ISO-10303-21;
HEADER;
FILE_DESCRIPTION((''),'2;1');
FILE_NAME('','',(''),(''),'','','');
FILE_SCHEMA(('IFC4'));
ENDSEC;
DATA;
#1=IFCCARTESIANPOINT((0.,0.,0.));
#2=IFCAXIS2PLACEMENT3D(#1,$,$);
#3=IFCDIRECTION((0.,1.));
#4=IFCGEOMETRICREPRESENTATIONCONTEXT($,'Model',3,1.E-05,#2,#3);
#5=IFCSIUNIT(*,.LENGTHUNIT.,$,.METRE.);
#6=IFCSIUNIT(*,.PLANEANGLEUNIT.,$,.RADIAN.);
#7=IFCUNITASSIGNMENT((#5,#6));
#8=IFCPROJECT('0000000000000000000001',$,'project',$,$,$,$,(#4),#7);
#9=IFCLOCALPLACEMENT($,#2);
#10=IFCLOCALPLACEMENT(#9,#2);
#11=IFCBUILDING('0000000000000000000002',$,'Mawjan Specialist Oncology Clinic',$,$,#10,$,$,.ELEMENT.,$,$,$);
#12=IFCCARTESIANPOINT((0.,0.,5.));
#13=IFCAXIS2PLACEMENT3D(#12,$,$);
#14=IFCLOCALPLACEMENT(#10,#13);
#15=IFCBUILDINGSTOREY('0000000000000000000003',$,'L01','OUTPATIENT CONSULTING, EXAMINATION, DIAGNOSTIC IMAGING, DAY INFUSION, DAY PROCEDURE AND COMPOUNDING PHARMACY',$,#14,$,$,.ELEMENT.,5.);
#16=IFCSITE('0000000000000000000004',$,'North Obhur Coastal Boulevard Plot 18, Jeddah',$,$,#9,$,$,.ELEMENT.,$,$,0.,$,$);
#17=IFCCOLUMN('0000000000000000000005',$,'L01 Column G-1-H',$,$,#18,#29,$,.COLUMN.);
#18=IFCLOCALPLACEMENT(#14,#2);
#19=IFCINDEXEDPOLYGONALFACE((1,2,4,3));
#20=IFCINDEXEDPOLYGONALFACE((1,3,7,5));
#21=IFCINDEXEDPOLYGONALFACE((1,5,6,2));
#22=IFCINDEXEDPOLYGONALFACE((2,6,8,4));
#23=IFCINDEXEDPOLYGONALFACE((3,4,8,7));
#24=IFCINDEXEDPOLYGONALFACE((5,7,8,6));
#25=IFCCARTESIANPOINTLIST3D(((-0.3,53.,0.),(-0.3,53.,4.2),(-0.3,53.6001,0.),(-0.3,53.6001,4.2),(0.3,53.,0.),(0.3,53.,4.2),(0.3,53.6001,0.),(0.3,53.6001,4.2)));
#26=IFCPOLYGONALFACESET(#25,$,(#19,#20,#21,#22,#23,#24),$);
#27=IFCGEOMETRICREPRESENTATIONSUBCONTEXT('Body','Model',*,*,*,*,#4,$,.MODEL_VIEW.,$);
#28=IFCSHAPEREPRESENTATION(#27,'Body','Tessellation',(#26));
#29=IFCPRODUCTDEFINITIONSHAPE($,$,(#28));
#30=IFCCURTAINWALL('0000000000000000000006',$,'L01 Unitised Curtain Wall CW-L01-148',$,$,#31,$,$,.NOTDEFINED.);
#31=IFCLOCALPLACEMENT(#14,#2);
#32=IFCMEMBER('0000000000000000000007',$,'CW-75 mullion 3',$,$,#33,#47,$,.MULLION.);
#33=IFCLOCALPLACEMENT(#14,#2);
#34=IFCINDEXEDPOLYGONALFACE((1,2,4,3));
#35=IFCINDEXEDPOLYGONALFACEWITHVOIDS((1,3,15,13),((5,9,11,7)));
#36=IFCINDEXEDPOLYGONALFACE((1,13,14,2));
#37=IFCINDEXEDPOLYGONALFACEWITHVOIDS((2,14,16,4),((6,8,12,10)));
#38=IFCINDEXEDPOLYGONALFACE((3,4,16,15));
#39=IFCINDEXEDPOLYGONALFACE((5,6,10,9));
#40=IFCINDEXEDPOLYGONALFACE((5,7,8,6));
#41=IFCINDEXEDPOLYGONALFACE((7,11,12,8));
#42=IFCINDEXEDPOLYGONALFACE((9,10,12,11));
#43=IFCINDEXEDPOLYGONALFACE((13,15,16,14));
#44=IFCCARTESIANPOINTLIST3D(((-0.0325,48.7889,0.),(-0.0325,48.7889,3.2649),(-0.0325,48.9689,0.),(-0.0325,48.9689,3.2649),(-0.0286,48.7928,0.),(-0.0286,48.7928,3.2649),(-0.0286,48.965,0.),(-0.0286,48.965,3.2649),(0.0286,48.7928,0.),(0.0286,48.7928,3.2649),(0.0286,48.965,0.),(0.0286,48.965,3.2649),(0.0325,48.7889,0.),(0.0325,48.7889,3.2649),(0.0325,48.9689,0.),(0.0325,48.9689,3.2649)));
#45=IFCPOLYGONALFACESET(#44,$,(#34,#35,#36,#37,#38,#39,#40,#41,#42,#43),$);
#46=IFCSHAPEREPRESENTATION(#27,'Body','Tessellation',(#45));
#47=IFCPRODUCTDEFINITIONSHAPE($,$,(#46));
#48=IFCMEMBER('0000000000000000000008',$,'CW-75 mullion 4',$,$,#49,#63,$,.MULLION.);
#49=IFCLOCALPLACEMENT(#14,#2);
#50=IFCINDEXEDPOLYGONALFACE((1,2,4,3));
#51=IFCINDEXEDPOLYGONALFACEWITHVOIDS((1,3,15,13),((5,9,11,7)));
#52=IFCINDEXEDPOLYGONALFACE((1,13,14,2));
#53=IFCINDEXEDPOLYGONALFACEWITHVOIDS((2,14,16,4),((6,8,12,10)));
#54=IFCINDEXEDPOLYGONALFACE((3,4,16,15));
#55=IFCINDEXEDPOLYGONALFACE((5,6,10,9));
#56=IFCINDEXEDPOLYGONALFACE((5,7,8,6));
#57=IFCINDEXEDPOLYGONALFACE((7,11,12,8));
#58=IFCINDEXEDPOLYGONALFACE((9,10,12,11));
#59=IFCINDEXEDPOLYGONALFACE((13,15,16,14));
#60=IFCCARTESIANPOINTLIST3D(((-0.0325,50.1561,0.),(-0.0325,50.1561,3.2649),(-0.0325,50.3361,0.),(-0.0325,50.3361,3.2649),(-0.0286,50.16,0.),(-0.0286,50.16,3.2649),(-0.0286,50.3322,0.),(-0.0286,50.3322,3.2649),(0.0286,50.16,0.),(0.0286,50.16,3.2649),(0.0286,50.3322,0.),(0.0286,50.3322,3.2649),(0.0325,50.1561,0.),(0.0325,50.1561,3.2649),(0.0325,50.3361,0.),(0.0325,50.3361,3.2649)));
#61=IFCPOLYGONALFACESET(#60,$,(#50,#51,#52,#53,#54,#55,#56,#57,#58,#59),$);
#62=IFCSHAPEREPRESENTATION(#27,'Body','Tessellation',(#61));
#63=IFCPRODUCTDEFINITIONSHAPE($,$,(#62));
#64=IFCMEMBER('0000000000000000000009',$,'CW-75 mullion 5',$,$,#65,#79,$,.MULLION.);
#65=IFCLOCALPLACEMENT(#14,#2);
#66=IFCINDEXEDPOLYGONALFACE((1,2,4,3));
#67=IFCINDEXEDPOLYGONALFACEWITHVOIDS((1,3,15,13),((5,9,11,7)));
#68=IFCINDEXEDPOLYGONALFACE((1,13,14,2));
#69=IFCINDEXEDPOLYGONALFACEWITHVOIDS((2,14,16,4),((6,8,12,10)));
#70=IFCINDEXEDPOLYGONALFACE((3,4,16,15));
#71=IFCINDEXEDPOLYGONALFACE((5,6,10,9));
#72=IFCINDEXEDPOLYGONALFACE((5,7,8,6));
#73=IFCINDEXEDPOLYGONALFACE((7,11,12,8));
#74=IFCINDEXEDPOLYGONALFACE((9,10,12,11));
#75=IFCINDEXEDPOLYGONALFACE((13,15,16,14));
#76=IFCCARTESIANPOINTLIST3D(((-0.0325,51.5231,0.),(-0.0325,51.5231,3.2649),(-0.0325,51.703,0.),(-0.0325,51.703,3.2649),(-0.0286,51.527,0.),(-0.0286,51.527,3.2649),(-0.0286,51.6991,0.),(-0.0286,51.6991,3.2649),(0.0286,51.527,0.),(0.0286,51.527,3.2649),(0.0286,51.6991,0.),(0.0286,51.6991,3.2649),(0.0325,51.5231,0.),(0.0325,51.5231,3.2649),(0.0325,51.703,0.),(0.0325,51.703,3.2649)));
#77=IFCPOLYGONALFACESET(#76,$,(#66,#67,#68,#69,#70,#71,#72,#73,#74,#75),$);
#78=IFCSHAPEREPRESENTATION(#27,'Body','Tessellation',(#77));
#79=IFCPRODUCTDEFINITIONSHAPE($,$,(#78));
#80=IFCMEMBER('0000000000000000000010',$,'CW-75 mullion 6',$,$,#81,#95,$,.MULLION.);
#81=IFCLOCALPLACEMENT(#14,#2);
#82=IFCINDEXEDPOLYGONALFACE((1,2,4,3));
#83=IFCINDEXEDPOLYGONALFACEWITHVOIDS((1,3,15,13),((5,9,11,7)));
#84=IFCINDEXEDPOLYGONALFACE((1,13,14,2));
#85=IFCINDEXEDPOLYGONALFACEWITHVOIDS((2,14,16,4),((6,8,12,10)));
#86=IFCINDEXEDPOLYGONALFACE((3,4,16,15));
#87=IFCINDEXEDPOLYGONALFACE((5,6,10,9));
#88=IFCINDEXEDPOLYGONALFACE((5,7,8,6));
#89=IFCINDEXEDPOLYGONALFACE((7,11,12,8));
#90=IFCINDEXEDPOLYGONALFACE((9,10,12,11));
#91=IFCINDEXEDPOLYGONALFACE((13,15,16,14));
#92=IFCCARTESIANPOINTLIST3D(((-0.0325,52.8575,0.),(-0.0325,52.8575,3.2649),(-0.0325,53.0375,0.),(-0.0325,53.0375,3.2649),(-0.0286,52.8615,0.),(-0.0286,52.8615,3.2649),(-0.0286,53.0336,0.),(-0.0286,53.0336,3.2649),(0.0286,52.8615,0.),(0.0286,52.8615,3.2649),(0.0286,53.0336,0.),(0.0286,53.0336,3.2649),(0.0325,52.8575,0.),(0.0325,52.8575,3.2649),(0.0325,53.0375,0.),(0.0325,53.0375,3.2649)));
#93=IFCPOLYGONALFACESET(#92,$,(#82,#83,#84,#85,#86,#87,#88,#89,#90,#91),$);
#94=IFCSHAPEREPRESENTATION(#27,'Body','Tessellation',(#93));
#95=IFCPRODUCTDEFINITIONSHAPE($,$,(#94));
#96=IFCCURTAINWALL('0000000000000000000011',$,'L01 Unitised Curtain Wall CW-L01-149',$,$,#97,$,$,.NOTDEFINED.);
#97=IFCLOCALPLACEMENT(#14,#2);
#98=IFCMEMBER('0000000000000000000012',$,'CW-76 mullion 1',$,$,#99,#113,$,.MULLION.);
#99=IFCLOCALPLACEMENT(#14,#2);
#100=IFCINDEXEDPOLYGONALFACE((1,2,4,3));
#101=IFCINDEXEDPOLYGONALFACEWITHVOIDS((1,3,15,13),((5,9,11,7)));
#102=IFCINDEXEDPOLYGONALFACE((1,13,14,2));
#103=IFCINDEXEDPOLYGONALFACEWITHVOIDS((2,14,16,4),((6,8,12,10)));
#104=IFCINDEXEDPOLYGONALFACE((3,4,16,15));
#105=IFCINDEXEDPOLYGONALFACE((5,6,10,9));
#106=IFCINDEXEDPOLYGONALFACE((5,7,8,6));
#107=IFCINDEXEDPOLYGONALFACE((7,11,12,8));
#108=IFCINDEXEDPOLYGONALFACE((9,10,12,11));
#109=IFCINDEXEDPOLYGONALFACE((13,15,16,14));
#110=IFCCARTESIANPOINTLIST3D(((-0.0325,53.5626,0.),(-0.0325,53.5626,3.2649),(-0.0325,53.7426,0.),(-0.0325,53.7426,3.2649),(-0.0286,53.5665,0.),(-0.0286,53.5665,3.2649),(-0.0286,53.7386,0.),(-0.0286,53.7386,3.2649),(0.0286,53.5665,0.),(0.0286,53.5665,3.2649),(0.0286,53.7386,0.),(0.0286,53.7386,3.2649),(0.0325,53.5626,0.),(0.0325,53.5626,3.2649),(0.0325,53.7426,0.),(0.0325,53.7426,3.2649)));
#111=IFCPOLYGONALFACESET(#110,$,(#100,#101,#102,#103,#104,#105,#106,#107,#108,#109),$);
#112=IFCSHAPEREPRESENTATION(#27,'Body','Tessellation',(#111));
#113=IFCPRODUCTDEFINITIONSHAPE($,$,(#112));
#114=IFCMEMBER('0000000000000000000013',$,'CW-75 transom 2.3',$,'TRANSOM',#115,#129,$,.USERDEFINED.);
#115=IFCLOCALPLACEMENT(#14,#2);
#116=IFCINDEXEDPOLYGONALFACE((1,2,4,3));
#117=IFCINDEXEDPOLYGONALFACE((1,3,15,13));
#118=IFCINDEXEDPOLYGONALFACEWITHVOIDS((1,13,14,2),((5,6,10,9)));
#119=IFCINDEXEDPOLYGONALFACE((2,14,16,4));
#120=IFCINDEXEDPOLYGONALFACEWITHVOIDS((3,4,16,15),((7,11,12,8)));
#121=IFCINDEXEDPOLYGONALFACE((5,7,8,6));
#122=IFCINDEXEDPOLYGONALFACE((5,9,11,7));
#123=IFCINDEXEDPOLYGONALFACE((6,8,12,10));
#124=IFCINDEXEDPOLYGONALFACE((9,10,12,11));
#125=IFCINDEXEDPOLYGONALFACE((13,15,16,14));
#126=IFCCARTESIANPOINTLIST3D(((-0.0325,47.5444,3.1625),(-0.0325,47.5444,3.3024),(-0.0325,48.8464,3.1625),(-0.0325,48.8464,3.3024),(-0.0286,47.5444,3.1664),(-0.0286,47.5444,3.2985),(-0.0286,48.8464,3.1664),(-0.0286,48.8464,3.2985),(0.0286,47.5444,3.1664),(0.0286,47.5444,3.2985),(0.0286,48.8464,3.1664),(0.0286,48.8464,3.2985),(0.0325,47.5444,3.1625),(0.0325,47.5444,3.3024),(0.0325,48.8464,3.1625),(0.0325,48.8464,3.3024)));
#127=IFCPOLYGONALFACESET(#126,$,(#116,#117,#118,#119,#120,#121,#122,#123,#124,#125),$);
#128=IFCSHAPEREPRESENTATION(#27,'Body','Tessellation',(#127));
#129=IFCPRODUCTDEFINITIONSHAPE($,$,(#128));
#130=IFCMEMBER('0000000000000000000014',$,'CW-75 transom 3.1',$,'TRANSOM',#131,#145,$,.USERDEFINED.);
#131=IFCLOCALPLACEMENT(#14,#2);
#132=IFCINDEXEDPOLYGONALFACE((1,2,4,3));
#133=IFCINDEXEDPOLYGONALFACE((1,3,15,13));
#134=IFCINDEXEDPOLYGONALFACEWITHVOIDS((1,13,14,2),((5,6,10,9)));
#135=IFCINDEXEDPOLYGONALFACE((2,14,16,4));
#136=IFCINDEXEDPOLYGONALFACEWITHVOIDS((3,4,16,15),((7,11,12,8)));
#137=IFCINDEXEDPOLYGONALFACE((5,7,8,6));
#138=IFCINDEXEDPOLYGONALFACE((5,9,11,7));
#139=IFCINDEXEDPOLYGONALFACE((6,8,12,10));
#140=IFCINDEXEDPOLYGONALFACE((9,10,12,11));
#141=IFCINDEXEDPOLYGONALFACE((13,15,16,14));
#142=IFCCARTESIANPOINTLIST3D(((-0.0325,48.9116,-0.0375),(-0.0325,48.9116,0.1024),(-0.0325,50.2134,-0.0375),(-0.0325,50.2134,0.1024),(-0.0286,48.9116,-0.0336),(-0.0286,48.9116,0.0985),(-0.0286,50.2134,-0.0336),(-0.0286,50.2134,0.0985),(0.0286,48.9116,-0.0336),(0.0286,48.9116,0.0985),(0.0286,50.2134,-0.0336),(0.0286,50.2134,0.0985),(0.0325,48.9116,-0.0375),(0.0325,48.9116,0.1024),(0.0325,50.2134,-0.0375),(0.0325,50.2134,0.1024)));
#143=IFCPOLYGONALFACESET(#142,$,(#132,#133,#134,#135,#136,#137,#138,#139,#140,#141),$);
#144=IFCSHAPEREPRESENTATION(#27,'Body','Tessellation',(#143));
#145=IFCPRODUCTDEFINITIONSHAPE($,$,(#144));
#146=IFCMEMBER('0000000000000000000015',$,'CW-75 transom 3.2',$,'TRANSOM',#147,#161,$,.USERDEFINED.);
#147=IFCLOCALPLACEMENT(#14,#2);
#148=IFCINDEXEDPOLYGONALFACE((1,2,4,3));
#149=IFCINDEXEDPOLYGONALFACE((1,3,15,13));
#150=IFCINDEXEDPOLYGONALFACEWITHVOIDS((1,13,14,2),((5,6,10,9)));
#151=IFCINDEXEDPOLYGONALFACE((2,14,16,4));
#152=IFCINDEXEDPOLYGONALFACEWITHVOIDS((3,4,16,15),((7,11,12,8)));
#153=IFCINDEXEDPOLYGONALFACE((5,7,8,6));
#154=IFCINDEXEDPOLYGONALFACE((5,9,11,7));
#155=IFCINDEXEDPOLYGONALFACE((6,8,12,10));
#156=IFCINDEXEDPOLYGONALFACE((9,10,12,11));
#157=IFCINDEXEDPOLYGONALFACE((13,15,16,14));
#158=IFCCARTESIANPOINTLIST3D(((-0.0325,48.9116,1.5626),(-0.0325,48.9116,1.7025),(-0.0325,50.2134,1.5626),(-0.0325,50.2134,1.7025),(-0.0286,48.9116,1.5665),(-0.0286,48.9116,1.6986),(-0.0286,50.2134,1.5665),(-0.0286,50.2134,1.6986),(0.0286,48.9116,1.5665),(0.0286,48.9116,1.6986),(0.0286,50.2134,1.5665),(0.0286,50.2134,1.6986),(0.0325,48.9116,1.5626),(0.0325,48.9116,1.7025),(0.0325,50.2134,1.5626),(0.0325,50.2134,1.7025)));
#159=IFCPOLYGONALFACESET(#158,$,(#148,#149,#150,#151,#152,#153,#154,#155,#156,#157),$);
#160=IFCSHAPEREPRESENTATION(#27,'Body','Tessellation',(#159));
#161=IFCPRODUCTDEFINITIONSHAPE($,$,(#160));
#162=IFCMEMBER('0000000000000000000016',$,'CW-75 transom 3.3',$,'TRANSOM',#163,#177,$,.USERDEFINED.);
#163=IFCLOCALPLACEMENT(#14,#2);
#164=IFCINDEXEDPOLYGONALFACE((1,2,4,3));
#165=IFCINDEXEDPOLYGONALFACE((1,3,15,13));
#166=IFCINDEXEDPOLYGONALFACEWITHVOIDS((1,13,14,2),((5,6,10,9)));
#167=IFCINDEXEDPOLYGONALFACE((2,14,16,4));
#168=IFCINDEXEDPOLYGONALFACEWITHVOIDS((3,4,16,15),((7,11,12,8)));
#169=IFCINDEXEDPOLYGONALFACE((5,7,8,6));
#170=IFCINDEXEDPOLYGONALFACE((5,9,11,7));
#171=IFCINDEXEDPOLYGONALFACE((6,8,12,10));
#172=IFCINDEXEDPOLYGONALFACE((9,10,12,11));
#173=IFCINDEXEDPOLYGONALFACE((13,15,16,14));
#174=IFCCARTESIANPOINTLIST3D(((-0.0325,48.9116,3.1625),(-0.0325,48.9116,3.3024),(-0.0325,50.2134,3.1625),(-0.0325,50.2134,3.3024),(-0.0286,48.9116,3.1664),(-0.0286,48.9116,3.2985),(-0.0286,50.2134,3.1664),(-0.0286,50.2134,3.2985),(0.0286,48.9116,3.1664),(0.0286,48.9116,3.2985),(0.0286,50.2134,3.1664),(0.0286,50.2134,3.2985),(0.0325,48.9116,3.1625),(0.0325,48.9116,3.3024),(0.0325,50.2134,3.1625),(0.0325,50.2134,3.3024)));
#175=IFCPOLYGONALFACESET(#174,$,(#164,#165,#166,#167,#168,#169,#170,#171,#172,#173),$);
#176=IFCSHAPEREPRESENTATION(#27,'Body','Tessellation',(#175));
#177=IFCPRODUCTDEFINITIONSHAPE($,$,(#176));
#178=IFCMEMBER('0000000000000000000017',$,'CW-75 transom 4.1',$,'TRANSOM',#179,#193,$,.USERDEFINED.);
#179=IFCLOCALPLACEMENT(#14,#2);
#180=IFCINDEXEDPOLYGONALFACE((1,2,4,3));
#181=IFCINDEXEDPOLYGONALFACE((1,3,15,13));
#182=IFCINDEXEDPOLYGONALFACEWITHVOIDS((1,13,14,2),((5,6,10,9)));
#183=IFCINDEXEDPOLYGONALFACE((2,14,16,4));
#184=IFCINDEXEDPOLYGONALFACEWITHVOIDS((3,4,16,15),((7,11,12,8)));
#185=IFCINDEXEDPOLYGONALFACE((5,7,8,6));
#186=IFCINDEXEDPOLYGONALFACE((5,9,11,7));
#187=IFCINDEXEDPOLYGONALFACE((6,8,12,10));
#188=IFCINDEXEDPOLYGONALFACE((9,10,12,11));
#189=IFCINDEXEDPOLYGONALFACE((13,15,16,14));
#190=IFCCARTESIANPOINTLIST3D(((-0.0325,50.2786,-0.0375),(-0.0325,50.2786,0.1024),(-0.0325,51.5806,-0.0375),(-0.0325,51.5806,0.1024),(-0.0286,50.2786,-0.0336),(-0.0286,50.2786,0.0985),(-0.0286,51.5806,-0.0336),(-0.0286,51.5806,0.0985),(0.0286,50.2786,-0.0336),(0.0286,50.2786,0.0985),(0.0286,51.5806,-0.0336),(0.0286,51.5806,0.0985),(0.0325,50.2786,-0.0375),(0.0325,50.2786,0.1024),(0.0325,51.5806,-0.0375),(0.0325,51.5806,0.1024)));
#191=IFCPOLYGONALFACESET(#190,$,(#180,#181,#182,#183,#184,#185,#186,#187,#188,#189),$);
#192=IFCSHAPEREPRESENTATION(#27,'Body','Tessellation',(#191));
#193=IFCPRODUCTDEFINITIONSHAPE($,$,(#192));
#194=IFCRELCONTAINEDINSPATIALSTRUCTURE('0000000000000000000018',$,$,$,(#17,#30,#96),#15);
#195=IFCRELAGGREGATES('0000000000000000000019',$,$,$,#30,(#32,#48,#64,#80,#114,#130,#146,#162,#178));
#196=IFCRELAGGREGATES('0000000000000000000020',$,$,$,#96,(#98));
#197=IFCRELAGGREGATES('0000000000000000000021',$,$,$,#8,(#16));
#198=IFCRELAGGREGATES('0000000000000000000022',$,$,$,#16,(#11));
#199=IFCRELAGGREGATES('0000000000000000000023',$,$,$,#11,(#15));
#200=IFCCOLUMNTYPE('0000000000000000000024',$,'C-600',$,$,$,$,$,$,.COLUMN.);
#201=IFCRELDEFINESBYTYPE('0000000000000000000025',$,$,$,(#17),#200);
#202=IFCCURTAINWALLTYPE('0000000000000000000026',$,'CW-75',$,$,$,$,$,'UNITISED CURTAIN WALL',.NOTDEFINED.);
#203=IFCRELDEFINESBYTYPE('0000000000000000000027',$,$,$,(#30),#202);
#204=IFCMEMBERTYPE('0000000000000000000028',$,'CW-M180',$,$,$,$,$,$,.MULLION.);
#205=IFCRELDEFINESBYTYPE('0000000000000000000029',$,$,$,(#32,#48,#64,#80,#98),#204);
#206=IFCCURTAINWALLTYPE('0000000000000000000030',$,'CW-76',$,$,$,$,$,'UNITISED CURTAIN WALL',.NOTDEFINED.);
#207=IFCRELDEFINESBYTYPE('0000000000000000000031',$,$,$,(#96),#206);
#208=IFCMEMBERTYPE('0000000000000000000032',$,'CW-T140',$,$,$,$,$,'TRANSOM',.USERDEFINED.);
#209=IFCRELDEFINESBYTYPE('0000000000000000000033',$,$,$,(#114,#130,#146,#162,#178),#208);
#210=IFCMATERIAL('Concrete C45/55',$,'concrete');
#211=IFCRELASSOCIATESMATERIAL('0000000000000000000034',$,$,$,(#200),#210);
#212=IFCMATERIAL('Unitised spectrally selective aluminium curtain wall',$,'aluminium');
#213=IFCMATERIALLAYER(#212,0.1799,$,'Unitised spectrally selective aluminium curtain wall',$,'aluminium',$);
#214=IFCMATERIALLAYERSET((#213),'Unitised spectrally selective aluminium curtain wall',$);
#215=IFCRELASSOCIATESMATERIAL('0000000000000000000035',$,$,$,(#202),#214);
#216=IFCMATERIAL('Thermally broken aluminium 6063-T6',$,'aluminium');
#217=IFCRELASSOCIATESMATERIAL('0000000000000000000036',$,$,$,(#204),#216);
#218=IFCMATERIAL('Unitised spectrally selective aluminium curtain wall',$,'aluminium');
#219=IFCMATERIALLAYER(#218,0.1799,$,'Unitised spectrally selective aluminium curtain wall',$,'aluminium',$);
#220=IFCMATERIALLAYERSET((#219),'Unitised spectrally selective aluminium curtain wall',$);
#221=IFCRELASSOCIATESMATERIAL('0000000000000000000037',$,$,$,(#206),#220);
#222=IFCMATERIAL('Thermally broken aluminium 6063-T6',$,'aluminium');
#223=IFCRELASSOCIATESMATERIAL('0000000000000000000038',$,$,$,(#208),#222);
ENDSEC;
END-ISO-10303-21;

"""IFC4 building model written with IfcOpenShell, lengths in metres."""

from ifc_helpers import new_model, si_unit, direction, frame, origin, origin_2d, place, context, subcontext, project, spatial, rectangle, hollow_rectangle, extrude, material, layer, layer_set, material_profile, profile_set, type_object, element, aggregate, save


model = new_model("IFC4")

# Units and contexts
model_context = context("Model", 3, precision=1e-05, world=origin(), true_north=direction((0.0, 1.0)))
body_context = subcontext(model_context, "Body", "Model", "MODEL_VIEW")
ifc_project = project(units=[si_unit("LENGTHUNIT", "METRE"), si_unit("PLANEANGLEUNIT", "RADIAN")], contexts=[model_context])

# Site, building, storey
site_placement = place(None, origin())
site = spatial("IfcSite", under=ifc_project, at=site_placement, Name="North Obhur Coastal Boulevard Plot 18, Jeddah", CompositionType="ELEMENT", RefElevation=0.0)
building_placement = place(site_placement, origin())
building = spatial("IfcBuilding", under=site, at=building_placement, Name="Mawjan Specialist Oncology Clinic", CompositionType="ELEMENT")
storey_placement = place(building_placement, frame((0.0, 0.0, 5.0)))
storey = spatial("IfcBuildingStorey", under=building, at=storey_placement, Name="L01", Description="OUTPATIENT CONSULTING, EXAMINATION, DIAGNOSTIC IMAGING, DAY INFUSION, DAY PROCEDURE AND COMPOUNDING PHARMACY", CompositionType="ELEMENT", Elevation=5.0)

# Column
ifc_material_1 = material(Name="Concrete C45/55", Category="concrete")
ifc_material_profile_1 = material_profile(ifc_material_1, rectangle(XDim=0.6001, YDim=0.6001, at=origin_2d()), Name="RC COL 600x600", Category="concrete")
ifc_profile_set_1 = profile_set([ifc_material_profile_1], Name="Concrete C45/55")
column_type = type_object("IfcColumnType", Name="C-600", PredefinedType="COLUMN", material=ifc_profile_set_1)
column_placement = place(storey_placement, frame((0.0, 53.3, 0.0), z_axis=(0.0, 0.0, 1.0), x_axis=(1.0, 0.0, 0.0)))
element("IfcColumn", 1, at=column_placement, inside=storey, type_object=column_type, Name="L01 Column G-1-H", PredefinedType="COLUMN", context=body_context, shape_type="SweptSolid", body=[
    extrude(rectangle(XDim=0.6001, YDim=0.6001, at=origin_2d()), origin(), (0.0, 0.0, 1.0), 4.2),
])

# Curtain wall, members
ifc_material_2 = material(Name="Unitised spectrally selective aluminium curtain wall", Category="aluminium")
ifc_layer_1 = layer(ifc_material_2, 0.1799, Name="Unitised spectrally selective aluminium curtain wall", Category="aluminium")
ifc_layer_set_1 = layer_set([ifc_layer_1], Name="Unitised spectrally selective aluminium curtain wall")
curtain_wall_type_1 = type_object("IfcCurtainWallType", Name="CW-75", ElementType="UNITISED CURTAIN WALL", PredefinedType="NOTDEFINED", material=ifc_layer_set_1)
curtain_wall_1_placement = place(storey_placement, origin())
curtain_wall_1 = element("IfcCurtainWall", 2, at=curtain_wall_1_placement, inside=storey, type_object=curtain_wall_type_1, Name="L01 Unitised Curtain Wall CW-L01-148", PredefinedType="NOTDEFINED")
ifc_material_3 = material(Name="Thermally broken aluminium 6063-T6", Category="aluminium")
ifc_material_profile_2 = material_profile(ifc_material_3, hollow_rectangle(XDim=0.0649, YDim=0.1799, WallThickness=0.0039, at=origin_2d()), Name="ALU MULLION 180x65x4", Category="aluminium")
ifc_profile_set_2 = profile_set([ifc_material_profile_2], Name="Thermally broken aluminium 6063-T6")
member_type_1 = type_object("IfcMemberType", Name="CW-M180", PredefinedType="MULLION", material=ifc_profile_set_2)
member_1_placement = place(storey_placement, frame((0.0, 48.8789, 0.0), z_axis=(0.0, 0.0, 1.0), x_axis=(-1.0, 0.0, 0.0)))
member_1 = element("IfcMember", 3, at=member_1_placement, type_object=member_type_1, Name="CW-75 mullion 3", PredefinedType="MULLION", context=body_context, shape_type="SweptSolid", body=[
    extrude(hollow_rectangle(XDim=0.0649, YDim=0.1799, WallThickness=0.0039, at=origin_2d()), origin(), (0.0, 0.0, 1.0), 3.2649),
])
member_2_placement = place(storey_placement, frame((0.0, 50.2461, 0.0), z_axis=(0.0, 0.0, 1.0), x_axis=(-1.0, 0.0, 0.0)))
member_2 = element("IfcMember", 4, at=member_2_placement, type_object=member_type_1, Name="CW-75 mullion 4", PredefinedType="MULLION", context=body_context, shape_type="SweptSolid", body=[
    extrude(hollow_rectangle(XDim=0.0649, YDim=0.1799, WallThickness=0.0039, at=origin_2d()), origin(), (0.0, 0.0, 1.0), 3.2649),
])
member_3_placement = place(storey_placement, frame((0.0, 51.613, 0.0), z_axis=(0.0, 0.0, 1.0), x_axis=(-1.0, 0.0, 0.0)))
member_3 = element("IfcMember", 5, at=member_3_placement, type_object=member_type_1, Name="CW-75 mullion 5", PredefinedType="MULLION", context=body_context, shape_type="SweptSolid", body=[
    extrude(hollow_rectangle(XDim=0.0649, YDim=0.1799, WallThickness=0.0039, at=origin_2d()), origin(), (0.0, 0.0, 1.0), 3.2649),
])
member_4_placement = place(storey_placement, frame((0.0, 52.9475, 0.0), z_axis=(0.0, 0.0, 1.0), x_axis=(-1.0, 0.0, 0.0)))
member_4 = element("IfcMember", 6, at=member_4_placement, type_object=member_type_1, Name="CW-75 mullion 6", PredefinedType="MULLION", context=body_context, shape_type="SweptSolid", body=[
    extrude(hollow_rectangle(XDim=0.0649, YDim=0.1799, WallThickness=0.0039, at=origin_2d()), origin(), (0.0, 0.0, 1.0), 3.2649),
])

# Curtain wall, member
ifc_material_4 = material(Name="Unitised spectrally selective aluminium curtain wall", Category="aluminium")
ifc_layer_2 = layer(ifc_material_4, 0.1799, Name="Unitised spectrally selective aluminium curtain wall", Category="aluminium")
ifc_layer_set_2 = layer_set([ifc_layer_2], Name="Unitised spectrally selective aluminium curtain wall")
curtain_wall_type_2 = type_object("IfcCurtainWallType", Name="CW-76", ElementType="UNITISED CURTAIN WALL", PredefinedType="NOTDEFINED", material=ifc_layer_set_2)
curtain_wall_2_placement = place(storey_placement, origin())
curtain_wall_2 = element("IfcCurtainWall", 7, at=curtain_wall_2_placement, inside=storey, type_object=curtain_wall_type_2, Name="L01 Unitised Curtain Wall CW-L01-149", PredefinedType="NOTDEFINED")
member_5_placement = place(storey_placement, frame((0.0, 53.6526, 0.0), z_axis=(0.0, 0.0, 1.0), x_axis=(-1.0, 0.0, 0.0)))
member_5 = element("IfcMember", 8, at=member_5_placement, type_object=member_type_1, Name="CW-76 mullion 1", PredefinedType="MULLION", context=body_context, shape_type="SweptSolid", body=[
    extrude(hollow_rectangle(XDim=0.0649, YDim=0.1799, WallThickness=0.0039, at=origin_2d()), origin(), (0.0, 0.0, 1.0), 3.2649),
])

# Members
ifc_material_5 = material(Name="Thermally broken aluminium 6063-T6", Category="aluminium")
ifc_material_profile_3 = material_profile(ifc_material_5, hollow_rectangle(XDim=0.0649, YDim=0.1399, WallThickness=0.0039, at=origin_2d()), Name="ALU TRANSOM 140x65x4", Category="aluminium")
ifc_profile_set_3 = profile_set([ifc_material_profile_3], Name="Thermally broken aluminium 6063-T6")
member_type_2 = type_object("IfcMemberType", Name="CW-T140", ElementType="TRANSOM", PredefinedType="USERDEFINED", material=ifc_profile_set_3)
member_6_placement = place(storey_placement, frame((0.0, 47.5444, 3.2324), z_axis=(0.0, 1.0, 0.0), x_axis=(-1.0, 0.0, 0.0)))
member_6 = element("IfcMember", 9, at=member_6_placement, type_object=member_type_2, Name="CW-75 transom 2.3", ObjectType="TRANSOM", PredefinedType="USERDEFINED", context=body_context, shape_type="SweptSolid", body=[
    extrude(hollow_rectangle(XDim=0.0649, YDim=0.1399, WallThickness=0.0039, at=origin_2d()), origin(), (0.0, 0.0, 1.0), 1.302),
])
member_7_placement = place(storey_placement, frame((0.0, 48.9116, 0.0325), z_axis=(0.0, 1.0, 0.0), x_axis=(-1.0, 0.0, 0.0)))
member_7 = element("IfcMember", 10, at=member_7_placement, type_object=member_type_2, Name="CW-75 transom 3.1", ObjectType="TRANSOM", PredefinedType="USERDEFINED", context=body_context, shape_type="SweptSolid", body=[
    extrude(hollow_rectangle(XDim=0.0649, YDim=0.1399, WallThickness=0.0039, at=origin_2d()), origin(), (0.0, 0.0, 1.0), 1.3018),
])
member_8_placement = place(storey_placement, frame((0.0, 48.9116, 1.6326), z_axis=(0.0, 1.0, 0.0), x_axis=(-1.0, 0.0, 0.0)))
member_8 = element("IfcMember", 11, at=member_8_placement, type_object=member_type_2, Name="CW-75 transom 3.2", ObjectType="TRANSOM", PredefinedType="USERDEFINED", context=body_context, shape_type="SweptSolid", body=[
    extrude(hollow_rectangle(XDim=0.0649, YDim=0.1399, WallThickness=0.0039, at=origin_2d()), origin(), (0.0, 0.0, 1.0), 1.3018),
])
member_9_placement = place(storey_placement, frame((0.0, 48.9116, 3.2324), z_axis=(0.0, 1.0, 0.0), x_axis=(-1.0, 0.0, 0.0)))
member_9 = element("IfcMember", 12, at=member_9_placement, type_object=member_type_2, Name="CW-75 transom 3.3", ObjectType="TRANSOM", PredefinedType="USERDEFINED", context=body_context, shape_type="SweptSolid", body=[
    extrude(hollow_rectangle(XDim=0.0649, YDim=0.1399, WallThickness=0.0039, at=origin_2d()), origin(), (0.0, 0.0, 1.0), 1.3018),
])
member_10_placement = place(storey_placement, frame((0.0, 50.2786, 0.0325), z_axis=(0.0, 1.0, 0.0), x_axis=(-1.0, 0.0, 0.0)))
member_10 = element("IfcMember", 13, at=member_10_placement, type_object=member_type_2, Name="CW-75 transom 4.1", ObjectType="TRANSOM", PredefinedType="USERDEFINED", context=body_context, shape_type="SweptSolid", body=[
    extrude(hollow_rectangle(XDim=0.0649, YDim=0.1399, WallThickness=0.0039, at=origin_2d()), origin(), (0.0, 0.0, 1.0), 1.302),
])

aggregate(curtain_wall_1, [member_1, member_2, member_3, member_4, member_6, member_7, member_8, member_9, member_10])
aggregate(curtain_wall_2, [member_5])

save(model, "model.ifc")
